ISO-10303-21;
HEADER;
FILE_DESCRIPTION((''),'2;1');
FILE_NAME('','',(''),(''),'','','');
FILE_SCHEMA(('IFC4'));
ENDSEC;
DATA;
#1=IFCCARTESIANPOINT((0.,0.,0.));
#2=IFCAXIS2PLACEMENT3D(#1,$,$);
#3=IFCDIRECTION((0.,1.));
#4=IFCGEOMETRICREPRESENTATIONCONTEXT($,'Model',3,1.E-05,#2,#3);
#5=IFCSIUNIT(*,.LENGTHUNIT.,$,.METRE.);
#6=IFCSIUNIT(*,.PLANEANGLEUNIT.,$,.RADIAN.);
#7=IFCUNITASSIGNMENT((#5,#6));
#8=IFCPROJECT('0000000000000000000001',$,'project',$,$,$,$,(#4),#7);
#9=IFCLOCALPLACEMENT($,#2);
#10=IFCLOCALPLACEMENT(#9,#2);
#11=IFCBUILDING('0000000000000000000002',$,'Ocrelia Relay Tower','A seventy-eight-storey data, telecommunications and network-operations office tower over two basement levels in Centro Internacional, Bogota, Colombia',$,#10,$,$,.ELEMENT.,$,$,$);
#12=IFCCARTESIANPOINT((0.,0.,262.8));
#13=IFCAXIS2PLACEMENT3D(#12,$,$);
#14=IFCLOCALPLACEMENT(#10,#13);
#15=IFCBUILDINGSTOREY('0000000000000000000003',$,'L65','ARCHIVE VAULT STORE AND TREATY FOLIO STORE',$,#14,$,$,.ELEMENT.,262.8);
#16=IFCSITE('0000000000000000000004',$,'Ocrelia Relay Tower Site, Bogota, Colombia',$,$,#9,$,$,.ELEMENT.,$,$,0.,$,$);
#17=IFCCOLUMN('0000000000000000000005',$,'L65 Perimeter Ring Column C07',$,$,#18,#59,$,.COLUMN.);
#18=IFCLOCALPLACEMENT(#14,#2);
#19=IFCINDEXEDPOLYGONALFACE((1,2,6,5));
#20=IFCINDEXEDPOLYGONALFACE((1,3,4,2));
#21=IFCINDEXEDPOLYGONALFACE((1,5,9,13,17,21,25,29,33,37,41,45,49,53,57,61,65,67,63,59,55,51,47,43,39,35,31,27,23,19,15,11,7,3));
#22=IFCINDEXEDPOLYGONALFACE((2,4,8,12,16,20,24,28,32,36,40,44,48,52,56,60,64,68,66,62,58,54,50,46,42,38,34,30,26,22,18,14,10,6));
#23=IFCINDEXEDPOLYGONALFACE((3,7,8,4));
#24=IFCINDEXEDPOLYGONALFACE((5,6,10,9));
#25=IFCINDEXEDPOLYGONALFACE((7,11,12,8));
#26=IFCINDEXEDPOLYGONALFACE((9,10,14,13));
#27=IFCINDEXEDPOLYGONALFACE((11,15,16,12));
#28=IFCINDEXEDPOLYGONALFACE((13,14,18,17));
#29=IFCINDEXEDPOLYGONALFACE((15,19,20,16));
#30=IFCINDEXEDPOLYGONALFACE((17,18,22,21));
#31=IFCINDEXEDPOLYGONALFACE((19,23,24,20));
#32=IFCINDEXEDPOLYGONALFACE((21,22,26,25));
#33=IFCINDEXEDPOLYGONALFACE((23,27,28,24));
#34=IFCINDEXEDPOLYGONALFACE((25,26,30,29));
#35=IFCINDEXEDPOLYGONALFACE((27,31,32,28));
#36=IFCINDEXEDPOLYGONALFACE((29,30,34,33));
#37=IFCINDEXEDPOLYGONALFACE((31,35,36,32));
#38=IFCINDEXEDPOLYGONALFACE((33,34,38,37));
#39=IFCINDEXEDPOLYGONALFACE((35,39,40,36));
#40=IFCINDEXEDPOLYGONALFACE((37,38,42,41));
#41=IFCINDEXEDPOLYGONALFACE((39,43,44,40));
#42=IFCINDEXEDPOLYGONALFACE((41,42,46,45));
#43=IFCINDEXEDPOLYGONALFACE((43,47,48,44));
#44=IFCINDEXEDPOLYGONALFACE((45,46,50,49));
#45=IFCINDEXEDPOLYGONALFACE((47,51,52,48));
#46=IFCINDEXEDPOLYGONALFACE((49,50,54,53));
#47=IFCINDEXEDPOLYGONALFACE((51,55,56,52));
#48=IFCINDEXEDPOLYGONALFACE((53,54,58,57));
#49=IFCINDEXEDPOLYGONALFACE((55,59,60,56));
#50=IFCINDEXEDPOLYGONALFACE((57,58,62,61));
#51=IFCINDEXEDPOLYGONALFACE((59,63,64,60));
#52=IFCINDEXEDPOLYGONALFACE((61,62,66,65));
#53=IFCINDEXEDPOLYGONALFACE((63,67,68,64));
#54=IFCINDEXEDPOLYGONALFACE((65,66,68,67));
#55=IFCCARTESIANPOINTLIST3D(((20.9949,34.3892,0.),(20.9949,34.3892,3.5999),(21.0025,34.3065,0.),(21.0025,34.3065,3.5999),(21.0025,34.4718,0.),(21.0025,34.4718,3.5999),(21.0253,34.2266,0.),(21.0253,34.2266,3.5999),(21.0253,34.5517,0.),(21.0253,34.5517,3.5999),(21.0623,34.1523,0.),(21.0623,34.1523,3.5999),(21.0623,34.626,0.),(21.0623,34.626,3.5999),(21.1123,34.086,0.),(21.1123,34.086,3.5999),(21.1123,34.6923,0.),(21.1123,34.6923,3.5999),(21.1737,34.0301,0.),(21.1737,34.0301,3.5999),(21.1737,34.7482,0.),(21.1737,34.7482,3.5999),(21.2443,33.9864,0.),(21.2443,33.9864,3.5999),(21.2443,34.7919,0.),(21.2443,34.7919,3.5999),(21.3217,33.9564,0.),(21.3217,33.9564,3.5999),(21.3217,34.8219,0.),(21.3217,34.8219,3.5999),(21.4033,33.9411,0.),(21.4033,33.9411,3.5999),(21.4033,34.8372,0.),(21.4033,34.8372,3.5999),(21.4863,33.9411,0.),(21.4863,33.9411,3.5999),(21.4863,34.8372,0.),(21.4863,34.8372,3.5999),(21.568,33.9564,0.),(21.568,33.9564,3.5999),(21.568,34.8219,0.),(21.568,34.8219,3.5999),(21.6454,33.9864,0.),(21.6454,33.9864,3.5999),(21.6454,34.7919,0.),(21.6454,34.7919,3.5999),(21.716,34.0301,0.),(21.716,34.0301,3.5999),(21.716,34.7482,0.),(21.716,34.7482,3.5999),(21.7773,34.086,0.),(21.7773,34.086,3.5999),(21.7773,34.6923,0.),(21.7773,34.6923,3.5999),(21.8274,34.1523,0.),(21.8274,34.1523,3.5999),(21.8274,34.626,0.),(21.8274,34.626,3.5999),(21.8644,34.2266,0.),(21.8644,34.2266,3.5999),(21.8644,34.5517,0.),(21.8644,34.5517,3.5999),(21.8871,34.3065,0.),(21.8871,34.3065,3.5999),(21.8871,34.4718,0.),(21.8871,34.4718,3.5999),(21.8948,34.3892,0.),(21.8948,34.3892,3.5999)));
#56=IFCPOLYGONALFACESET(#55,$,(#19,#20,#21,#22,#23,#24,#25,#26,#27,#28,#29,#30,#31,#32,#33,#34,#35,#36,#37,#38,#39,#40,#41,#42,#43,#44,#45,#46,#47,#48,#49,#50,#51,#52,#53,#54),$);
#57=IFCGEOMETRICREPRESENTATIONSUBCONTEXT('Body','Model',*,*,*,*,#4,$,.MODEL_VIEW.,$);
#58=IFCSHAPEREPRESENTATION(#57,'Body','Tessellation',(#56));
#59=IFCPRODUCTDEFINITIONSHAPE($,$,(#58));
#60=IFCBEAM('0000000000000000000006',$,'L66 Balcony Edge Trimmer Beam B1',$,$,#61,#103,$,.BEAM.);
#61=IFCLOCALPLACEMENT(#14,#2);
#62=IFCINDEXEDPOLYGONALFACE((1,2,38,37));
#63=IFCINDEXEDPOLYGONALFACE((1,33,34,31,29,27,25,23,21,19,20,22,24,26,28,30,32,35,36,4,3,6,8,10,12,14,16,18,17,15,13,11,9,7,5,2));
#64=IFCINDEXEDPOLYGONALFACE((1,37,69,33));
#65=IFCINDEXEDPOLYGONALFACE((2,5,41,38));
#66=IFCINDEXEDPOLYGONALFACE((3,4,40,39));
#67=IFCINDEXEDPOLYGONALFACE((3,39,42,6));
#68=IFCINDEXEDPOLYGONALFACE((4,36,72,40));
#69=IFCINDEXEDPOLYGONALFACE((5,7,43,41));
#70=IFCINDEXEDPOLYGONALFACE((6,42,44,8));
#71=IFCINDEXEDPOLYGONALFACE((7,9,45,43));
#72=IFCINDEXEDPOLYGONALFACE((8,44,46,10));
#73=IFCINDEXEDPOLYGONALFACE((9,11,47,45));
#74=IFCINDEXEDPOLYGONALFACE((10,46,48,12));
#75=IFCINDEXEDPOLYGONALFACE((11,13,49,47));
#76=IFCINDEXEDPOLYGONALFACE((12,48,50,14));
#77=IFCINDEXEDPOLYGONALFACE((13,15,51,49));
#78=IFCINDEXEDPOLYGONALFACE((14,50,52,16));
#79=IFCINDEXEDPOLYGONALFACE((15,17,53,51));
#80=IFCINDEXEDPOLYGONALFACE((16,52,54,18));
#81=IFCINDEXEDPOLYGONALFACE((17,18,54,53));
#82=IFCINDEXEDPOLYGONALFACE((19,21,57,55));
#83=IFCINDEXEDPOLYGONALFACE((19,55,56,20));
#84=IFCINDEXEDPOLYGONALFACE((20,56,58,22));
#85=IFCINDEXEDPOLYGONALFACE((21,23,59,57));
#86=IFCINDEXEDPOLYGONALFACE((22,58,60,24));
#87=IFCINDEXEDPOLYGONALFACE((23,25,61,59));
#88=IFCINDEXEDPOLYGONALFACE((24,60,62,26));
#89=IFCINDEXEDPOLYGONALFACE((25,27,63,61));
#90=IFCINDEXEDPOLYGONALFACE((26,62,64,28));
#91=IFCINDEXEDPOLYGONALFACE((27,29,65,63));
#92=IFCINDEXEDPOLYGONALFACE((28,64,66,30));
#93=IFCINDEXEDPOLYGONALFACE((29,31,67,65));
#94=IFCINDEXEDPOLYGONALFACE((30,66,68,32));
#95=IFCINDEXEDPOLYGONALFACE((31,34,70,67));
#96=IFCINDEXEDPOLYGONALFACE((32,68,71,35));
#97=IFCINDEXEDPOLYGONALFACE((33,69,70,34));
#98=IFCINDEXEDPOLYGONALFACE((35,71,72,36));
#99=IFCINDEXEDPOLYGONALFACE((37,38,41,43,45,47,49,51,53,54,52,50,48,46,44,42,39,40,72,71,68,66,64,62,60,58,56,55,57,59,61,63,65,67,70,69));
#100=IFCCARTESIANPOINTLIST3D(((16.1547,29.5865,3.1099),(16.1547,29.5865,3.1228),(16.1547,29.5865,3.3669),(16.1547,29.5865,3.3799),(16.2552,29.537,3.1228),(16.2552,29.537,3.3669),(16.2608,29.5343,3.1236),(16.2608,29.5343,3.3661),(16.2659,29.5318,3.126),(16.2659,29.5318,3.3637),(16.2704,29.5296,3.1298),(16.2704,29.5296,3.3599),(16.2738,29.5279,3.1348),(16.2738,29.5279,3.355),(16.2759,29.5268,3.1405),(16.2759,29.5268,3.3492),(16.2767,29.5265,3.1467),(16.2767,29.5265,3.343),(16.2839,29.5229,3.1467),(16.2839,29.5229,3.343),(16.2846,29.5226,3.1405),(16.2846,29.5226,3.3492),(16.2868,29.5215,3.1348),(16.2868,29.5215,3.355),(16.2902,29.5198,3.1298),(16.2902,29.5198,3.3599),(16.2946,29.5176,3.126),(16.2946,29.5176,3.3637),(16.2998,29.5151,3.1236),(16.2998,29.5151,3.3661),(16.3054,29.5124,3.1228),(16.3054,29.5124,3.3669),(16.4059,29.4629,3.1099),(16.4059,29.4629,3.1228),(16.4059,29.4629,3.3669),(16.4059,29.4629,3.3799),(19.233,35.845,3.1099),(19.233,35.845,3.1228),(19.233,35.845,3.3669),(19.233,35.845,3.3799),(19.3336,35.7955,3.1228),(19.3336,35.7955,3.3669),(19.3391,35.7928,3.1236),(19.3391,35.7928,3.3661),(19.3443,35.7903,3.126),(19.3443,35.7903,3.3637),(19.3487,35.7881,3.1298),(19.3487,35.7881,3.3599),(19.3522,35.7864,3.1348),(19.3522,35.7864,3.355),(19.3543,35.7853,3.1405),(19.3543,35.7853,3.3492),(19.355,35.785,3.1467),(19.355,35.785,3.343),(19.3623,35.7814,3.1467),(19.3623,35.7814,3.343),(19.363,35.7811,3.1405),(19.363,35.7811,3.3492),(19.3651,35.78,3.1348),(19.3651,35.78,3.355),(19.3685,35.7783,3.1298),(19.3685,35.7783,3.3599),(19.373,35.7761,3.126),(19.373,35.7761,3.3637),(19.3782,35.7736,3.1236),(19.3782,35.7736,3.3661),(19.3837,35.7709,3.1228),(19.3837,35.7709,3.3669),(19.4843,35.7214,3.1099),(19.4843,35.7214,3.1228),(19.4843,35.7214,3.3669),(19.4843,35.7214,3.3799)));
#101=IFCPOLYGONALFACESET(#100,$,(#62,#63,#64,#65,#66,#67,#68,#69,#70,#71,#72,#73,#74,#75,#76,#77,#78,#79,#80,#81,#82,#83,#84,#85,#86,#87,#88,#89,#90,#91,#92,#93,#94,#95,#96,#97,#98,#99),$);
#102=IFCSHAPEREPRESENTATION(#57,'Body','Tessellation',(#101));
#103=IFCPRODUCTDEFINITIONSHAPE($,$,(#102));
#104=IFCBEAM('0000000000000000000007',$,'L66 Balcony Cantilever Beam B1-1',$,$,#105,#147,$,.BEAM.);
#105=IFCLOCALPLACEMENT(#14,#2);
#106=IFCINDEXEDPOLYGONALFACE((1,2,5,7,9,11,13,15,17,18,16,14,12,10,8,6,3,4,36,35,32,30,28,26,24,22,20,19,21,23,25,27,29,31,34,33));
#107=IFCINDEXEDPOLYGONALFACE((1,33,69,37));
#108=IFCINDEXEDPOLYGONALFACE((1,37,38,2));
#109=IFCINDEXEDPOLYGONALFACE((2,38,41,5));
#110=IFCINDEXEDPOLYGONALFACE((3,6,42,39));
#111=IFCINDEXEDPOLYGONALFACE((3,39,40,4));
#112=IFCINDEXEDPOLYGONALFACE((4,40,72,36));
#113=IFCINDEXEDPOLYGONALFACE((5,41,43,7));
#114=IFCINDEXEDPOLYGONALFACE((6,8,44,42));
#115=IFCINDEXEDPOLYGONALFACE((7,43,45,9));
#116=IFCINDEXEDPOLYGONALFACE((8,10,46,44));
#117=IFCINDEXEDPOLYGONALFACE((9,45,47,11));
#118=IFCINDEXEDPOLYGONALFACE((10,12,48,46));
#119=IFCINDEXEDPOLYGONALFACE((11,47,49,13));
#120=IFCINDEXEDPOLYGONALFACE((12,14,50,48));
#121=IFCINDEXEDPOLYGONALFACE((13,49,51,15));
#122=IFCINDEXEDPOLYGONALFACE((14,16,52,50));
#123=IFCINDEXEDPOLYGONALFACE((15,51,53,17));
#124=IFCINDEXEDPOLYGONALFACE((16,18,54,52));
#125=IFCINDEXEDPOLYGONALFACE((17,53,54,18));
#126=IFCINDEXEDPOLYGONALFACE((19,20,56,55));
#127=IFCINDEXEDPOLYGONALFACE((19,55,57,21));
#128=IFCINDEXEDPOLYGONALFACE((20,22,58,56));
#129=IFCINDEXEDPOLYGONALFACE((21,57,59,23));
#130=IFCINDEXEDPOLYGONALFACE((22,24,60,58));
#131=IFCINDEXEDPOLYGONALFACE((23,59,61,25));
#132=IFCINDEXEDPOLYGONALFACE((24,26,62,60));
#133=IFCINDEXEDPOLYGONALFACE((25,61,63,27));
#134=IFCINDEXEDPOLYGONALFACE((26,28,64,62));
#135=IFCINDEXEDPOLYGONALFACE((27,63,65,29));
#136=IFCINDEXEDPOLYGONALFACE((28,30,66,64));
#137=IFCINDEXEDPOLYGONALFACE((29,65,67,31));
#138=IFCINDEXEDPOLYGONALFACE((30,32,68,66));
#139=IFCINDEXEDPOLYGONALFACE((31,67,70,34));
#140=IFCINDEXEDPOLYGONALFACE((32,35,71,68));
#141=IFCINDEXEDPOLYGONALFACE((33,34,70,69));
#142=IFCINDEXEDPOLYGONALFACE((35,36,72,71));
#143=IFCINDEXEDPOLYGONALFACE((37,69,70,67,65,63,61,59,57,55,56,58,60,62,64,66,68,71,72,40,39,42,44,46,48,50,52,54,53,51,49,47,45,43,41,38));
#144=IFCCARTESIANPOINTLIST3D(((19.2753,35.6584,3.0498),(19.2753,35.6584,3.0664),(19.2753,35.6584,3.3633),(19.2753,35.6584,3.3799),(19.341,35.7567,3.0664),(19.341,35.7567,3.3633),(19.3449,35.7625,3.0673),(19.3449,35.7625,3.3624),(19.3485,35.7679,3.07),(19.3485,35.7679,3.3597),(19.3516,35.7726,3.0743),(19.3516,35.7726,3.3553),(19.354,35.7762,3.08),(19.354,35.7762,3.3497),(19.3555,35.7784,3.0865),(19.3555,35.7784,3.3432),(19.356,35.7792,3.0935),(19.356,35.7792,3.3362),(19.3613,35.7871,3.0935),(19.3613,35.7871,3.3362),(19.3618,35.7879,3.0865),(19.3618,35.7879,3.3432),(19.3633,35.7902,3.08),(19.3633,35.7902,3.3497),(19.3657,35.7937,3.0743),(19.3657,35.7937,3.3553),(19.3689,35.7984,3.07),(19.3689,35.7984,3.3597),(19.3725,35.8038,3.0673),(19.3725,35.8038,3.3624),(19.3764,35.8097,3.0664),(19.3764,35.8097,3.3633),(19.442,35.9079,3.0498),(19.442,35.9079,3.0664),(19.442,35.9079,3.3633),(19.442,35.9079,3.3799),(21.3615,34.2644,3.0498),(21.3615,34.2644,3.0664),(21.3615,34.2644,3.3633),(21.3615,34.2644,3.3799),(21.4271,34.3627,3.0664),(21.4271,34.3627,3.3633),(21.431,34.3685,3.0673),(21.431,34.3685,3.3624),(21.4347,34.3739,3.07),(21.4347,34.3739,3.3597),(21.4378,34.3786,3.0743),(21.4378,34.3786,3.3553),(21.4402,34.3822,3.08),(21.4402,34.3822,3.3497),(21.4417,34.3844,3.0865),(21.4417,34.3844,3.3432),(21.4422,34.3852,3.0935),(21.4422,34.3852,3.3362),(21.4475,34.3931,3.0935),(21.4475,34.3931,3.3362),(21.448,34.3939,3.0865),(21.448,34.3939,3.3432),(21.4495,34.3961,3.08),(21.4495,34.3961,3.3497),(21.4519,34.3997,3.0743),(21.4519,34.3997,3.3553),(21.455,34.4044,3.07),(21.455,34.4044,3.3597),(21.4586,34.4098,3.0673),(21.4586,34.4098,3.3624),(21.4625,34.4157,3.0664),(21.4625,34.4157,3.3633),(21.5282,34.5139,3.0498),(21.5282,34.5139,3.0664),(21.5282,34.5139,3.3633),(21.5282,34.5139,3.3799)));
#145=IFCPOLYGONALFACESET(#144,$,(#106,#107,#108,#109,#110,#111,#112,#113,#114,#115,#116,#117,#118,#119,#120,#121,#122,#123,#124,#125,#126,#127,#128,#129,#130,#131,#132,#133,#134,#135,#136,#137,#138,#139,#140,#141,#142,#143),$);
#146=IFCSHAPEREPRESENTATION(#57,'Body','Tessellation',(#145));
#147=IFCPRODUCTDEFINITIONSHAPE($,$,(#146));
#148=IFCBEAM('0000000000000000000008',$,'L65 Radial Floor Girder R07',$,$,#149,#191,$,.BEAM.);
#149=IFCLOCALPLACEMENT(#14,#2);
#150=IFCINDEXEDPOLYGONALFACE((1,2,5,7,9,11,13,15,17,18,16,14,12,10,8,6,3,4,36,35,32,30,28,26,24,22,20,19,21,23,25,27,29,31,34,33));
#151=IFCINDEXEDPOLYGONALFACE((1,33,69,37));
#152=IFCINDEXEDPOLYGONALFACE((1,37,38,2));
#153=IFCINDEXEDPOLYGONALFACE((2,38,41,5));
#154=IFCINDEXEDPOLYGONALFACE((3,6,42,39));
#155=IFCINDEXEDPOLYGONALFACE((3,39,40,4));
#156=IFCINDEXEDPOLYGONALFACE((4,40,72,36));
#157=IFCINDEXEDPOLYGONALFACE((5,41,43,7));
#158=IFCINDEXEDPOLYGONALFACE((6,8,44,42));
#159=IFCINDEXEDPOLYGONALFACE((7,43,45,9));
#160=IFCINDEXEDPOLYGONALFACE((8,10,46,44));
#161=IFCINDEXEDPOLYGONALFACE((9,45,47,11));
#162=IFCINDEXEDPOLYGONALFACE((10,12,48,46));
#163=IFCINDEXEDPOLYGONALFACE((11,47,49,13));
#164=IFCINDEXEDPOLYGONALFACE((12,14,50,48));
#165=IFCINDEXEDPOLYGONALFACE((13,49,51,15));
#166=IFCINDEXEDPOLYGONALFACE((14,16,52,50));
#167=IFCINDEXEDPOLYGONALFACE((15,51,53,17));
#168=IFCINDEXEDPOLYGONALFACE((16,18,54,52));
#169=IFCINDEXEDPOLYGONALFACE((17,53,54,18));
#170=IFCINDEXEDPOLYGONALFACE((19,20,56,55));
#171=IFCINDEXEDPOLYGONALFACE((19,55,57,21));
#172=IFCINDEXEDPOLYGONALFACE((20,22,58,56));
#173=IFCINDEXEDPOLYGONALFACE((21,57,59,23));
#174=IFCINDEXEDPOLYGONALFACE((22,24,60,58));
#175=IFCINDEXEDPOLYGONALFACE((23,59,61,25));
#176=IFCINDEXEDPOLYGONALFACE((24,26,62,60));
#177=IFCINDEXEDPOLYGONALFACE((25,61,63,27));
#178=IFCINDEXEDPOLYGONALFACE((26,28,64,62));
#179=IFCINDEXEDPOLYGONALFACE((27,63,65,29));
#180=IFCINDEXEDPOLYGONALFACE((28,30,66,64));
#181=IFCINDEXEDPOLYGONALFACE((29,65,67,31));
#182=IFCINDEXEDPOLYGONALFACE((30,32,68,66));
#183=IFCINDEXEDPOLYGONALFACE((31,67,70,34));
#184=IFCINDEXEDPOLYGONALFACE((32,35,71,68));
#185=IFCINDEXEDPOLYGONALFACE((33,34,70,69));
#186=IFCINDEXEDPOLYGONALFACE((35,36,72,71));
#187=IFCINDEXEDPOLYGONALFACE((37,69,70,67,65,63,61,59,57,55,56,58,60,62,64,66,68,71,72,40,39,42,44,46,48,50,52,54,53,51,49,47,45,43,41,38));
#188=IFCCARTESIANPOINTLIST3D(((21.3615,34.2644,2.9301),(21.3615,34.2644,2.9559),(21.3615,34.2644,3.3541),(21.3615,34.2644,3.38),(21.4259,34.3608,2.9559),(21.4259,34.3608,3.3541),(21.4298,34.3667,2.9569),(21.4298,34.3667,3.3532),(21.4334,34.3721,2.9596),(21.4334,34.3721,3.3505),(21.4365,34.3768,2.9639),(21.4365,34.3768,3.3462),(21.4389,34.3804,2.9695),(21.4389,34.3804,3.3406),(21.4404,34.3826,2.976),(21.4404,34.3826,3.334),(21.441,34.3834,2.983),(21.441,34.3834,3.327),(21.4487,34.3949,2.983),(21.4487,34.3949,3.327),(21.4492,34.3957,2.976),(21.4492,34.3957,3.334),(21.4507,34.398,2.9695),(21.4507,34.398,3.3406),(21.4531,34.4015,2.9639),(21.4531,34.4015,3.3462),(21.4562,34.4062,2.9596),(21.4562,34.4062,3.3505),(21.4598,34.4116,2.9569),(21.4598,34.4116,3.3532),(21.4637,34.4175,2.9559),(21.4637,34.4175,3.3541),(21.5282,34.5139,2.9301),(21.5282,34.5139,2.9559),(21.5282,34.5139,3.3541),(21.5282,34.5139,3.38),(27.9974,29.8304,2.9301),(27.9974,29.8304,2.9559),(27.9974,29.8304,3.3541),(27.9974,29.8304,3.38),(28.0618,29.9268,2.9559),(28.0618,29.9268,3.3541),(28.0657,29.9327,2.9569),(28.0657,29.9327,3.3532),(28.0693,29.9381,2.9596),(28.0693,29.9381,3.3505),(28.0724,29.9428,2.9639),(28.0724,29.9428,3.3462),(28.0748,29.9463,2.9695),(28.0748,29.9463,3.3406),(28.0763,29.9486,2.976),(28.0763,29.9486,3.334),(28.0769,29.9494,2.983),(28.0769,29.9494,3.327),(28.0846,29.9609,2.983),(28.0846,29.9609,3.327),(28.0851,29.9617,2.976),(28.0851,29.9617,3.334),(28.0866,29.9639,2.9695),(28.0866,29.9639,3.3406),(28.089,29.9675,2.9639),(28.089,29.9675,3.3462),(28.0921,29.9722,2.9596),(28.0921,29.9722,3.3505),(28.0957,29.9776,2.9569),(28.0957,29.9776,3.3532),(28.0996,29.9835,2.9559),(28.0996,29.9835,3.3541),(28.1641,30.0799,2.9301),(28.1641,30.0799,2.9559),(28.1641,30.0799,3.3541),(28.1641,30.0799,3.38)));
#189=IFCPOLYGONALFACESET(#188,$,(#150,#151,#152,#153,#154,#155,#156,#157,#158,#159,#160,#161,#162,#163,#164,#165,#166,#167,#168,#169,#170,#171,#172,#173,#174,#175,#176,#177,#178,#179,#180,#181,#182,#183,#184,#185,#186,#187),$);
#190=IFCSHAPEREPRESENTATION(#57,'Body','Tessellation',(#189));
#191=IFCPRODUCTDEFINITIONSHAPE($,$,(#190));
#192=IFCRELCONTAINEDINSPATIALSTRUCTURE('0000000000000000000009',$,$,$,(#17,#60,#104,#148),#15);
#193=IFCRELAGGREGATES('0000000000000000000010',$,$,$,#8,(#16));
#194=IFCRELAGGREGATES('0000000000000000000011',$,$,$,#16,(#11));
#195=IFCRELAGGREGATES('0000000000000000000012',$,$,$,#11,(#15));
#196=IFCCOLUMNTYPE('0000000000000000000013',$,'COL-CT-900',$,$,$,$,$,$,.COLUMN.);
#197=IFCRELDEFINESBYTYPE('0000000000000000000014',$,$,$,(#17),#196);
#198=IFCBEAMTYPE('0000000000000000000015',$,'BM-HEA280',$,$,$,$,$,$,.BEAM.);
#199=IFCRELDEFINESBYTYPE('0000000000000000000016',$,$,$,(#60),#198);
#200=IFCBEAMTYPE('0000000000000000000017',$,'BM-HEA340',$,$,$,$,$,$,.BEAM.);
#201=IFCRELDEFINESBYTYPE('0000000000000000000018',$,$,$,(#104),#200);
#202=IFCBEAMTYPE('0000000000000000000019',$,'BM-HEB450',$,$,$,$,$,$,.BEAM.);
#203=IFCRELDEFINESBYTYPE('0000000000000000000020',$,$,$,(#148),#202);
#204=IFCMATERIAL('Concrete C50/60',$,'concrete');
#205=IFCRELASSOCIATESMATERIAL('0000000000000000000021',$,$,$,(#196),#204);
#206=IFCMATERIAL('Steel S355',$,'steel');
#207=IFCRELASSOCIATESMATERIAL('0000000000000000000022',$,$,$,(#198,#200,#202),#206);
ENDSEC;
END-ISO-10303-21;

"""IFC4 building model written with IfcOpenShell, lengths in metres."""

from ifc_helpers import new_model, si_unit, direction, frame, origin, origin_2d, place, context, subcontext, project, spatial, circle, i_section, extrude, material, material_profile, profile_set, type_object, element, save


model = new_model("IFC4")

# Units and contexts
model_context = context("Model", 3, precision=1e-05, world=origin(), true_north=direction((0.0, 1.0)))
body_context = subcontext(model_context, "Body", "Model", "MODEL_VIEW")
ifc_project = project(units=[si_unit("LENGTHUNIT", "METRE"), si_unit("PLANEANGLEUNIT", "RADIAN")], contexts=[model_context])

# Site, building, storey
site_placement = place(None, origin())
site = spatial("IfcSite", under=ifc_project, at=site_placement, Name="Ocrelia Relay Tower Site, Bogota, Colombia", CompositionType="ELEMENT", RefElevation=0.0)
building_placement = place(site_placement, origin())
building = spatial("IfcBuilding", under=site, at=building_placement, Name="Ocrelia Relay Tower", Description="A seventy-eight-storey data, telecommunications and network-operations office tower over two basement levels in Centro Internacional, Bogota, Colombia", CompositionType="ELEMENT")
storey_placement = place(building_placement, frame((0.0, 0.0, 262.8)))
storey = spatial("IfcBuildingStorey", under=building, at=storey_placement, Name="L65", Description="ARCHIVE VAULT STORE AND TREATY FOLIO STORE", CompositionType="ELEMENT", Elevation=262.8)

# Column
ifc_material_1 = material(Name="Concrete C50/60", Category="concrete")
ifc_material_profile_1 = material_profile(ifc_material_1, circle(Radius=0.45, at=origin_2d()), Name="RC-CIR-900")
ifc_profile_set_1 = profile_set([ifc_material_profile_1], Name="Concrete C50/60")
column_type = type_object("IfcColumnType", Name="COL-CT-900", PredefinedType="COLUMN", material=ifc_profile_set_1)
column_placement = place(storey_placement, frame((21.4448, 34.3892, 0.0), z_axis=(0.0, 0.0, 1.0), x_axis=(1.0, 0.0, 0.0)))
element("IfcColumn", 1, at=column_placement, inside=storey, type_object=column_type, Name="L65 Perimeter Ring Column C07", PredefinedType="COLUMN", context=body_context, shape_type="SweptSolid", body=[
    extrude(circle(Radius=0.45, at=origin_2d()), origin(), (0.0, 0.0, 1.0), 3.5999),
])

# Beams
ifc_material_2 = material(Name="Steel S355", Category="steel")
ifc_material_profile_2 = material_profile(ifc_material_2, i_section(OverallWidth=0.28, OverallDepth=0.27, WebThickness=0.0081, FlangeThickness=0.0129, FilletRadius=0.0239, at=origin_2d()), Name="HEA 280")
ifc_profile_set_2 = profile_set([ifc_material_profile_2], Name="Steel S355")
beam_type_1 = type_object("IfcBeamType", Name="BM-HEA280", PredefinedType="BEAM", material=ifc_profile_set_2)
beam_1_placement = place(storey_placement, frame((19.3586, 35.7832, 3.2449), z_axis=(-0.441365, -0.897327, 0.0), x_axis=(0.897327, -0.441365, 0.0)))
element("IfcBeam", 2, at=beam_1_placement, inside=storey, type_object=beam_type_1, Name="L66 Balcony Edge Trimmer Beam B1", PredefinedType="BEAM", context=body_context, shape_type="SweptSolid", body=[
    extrude(i_section(OverallWidth=0.28, OverallDepth=0.27, WebThickness=0.0081, FlangeThickness=0.0129, FilletRadius=0.0239, at=origin_2d()), origin(), (0.0, 0.0, 1.0), 6.9746),
])
ifc_material_profile_3 = material_profile(ifc_material_2, i_section(OverallWidth=0.3, OverallDepth=0.3301, WebThickness=0.0095, FlangeThickness=0.0166, FilletRadius=0.0271, at=origin_2d()), Name="HEA 340")
ifc_profile_set_3 = profile_set([ifc_material_profile_3], Name="Steel S355")
beam_type_2 = type_object("IfcBeamType", Name="BM-HEA340", PredefinedType="BEAM", material=ifc_profile_set_3)
beam_2_placement = place(storey_placement, frame((21.4448, 34.3892, 3.2148), z_axis=(-0.831451, 0.555598, 0.0), x_axis=(-0.555598, -0.831451, 0.0)))
element("IfcBeam", 3, at=beam_2_placement, inside=storey, type_object=beam_type_2, Name="L66 Balcony Cantilever Beam B1-1", PredefinedType="BEAM", context=body_context, shape_type="SweptSolid", body=[
    extrude(i_section(OverallWidth=0.3, OverallDepth=0.3301, WebThickness=0.0095, FlangeThickness=0.0166, FilletRadius=0.0271, at=origin_2d()), origin(), (0.0, 0.0, 1.0), 2.509),
])
ifc_material_profile_4 = material_profile(ifc_material_2, i_section(OverallWidth=0.3, OverallDepth=0.45, WebThickness=0.0139, FlangeThickness=0.0259, FilletRadius=0.0271, at=origin_2d()), Name="HEB 450")
ifc_profile_set_4 = profile_set([ifc_material_profile_4], Name="Steel S355")
beam_type_3 = type_object("IfcBeamType", Name="BM-HEB450", PredefinedType="BEAM", material=ifc_profile_set_4)
beam_3_placement = place(storey_placement, frame((21.4448, 34.3892, 3.155), z_axis=(0.831466, -0.555575, 0.0), x_axis=(0.555575, 0.831466, 0.0)))
element("IfcBeam", 4, at=beam_3_placement, inside=storey, type_object=beam_type_3, Name="L65 Radial Floor Girder R07", PredefinedType="BEAM", context=body_context, shape_type="SweptSolid", body=[
    extrude(i_section(OverallWidth=0.3, OverallDepth=0.45, WebThickness=0.0139, FlangeThickness=0.0259, FilletRadius=0.0271, at=origin_2d()), origin(), (0.0, 0.0, 1.0), 7.981),
])

save(model, "model.ifc")
